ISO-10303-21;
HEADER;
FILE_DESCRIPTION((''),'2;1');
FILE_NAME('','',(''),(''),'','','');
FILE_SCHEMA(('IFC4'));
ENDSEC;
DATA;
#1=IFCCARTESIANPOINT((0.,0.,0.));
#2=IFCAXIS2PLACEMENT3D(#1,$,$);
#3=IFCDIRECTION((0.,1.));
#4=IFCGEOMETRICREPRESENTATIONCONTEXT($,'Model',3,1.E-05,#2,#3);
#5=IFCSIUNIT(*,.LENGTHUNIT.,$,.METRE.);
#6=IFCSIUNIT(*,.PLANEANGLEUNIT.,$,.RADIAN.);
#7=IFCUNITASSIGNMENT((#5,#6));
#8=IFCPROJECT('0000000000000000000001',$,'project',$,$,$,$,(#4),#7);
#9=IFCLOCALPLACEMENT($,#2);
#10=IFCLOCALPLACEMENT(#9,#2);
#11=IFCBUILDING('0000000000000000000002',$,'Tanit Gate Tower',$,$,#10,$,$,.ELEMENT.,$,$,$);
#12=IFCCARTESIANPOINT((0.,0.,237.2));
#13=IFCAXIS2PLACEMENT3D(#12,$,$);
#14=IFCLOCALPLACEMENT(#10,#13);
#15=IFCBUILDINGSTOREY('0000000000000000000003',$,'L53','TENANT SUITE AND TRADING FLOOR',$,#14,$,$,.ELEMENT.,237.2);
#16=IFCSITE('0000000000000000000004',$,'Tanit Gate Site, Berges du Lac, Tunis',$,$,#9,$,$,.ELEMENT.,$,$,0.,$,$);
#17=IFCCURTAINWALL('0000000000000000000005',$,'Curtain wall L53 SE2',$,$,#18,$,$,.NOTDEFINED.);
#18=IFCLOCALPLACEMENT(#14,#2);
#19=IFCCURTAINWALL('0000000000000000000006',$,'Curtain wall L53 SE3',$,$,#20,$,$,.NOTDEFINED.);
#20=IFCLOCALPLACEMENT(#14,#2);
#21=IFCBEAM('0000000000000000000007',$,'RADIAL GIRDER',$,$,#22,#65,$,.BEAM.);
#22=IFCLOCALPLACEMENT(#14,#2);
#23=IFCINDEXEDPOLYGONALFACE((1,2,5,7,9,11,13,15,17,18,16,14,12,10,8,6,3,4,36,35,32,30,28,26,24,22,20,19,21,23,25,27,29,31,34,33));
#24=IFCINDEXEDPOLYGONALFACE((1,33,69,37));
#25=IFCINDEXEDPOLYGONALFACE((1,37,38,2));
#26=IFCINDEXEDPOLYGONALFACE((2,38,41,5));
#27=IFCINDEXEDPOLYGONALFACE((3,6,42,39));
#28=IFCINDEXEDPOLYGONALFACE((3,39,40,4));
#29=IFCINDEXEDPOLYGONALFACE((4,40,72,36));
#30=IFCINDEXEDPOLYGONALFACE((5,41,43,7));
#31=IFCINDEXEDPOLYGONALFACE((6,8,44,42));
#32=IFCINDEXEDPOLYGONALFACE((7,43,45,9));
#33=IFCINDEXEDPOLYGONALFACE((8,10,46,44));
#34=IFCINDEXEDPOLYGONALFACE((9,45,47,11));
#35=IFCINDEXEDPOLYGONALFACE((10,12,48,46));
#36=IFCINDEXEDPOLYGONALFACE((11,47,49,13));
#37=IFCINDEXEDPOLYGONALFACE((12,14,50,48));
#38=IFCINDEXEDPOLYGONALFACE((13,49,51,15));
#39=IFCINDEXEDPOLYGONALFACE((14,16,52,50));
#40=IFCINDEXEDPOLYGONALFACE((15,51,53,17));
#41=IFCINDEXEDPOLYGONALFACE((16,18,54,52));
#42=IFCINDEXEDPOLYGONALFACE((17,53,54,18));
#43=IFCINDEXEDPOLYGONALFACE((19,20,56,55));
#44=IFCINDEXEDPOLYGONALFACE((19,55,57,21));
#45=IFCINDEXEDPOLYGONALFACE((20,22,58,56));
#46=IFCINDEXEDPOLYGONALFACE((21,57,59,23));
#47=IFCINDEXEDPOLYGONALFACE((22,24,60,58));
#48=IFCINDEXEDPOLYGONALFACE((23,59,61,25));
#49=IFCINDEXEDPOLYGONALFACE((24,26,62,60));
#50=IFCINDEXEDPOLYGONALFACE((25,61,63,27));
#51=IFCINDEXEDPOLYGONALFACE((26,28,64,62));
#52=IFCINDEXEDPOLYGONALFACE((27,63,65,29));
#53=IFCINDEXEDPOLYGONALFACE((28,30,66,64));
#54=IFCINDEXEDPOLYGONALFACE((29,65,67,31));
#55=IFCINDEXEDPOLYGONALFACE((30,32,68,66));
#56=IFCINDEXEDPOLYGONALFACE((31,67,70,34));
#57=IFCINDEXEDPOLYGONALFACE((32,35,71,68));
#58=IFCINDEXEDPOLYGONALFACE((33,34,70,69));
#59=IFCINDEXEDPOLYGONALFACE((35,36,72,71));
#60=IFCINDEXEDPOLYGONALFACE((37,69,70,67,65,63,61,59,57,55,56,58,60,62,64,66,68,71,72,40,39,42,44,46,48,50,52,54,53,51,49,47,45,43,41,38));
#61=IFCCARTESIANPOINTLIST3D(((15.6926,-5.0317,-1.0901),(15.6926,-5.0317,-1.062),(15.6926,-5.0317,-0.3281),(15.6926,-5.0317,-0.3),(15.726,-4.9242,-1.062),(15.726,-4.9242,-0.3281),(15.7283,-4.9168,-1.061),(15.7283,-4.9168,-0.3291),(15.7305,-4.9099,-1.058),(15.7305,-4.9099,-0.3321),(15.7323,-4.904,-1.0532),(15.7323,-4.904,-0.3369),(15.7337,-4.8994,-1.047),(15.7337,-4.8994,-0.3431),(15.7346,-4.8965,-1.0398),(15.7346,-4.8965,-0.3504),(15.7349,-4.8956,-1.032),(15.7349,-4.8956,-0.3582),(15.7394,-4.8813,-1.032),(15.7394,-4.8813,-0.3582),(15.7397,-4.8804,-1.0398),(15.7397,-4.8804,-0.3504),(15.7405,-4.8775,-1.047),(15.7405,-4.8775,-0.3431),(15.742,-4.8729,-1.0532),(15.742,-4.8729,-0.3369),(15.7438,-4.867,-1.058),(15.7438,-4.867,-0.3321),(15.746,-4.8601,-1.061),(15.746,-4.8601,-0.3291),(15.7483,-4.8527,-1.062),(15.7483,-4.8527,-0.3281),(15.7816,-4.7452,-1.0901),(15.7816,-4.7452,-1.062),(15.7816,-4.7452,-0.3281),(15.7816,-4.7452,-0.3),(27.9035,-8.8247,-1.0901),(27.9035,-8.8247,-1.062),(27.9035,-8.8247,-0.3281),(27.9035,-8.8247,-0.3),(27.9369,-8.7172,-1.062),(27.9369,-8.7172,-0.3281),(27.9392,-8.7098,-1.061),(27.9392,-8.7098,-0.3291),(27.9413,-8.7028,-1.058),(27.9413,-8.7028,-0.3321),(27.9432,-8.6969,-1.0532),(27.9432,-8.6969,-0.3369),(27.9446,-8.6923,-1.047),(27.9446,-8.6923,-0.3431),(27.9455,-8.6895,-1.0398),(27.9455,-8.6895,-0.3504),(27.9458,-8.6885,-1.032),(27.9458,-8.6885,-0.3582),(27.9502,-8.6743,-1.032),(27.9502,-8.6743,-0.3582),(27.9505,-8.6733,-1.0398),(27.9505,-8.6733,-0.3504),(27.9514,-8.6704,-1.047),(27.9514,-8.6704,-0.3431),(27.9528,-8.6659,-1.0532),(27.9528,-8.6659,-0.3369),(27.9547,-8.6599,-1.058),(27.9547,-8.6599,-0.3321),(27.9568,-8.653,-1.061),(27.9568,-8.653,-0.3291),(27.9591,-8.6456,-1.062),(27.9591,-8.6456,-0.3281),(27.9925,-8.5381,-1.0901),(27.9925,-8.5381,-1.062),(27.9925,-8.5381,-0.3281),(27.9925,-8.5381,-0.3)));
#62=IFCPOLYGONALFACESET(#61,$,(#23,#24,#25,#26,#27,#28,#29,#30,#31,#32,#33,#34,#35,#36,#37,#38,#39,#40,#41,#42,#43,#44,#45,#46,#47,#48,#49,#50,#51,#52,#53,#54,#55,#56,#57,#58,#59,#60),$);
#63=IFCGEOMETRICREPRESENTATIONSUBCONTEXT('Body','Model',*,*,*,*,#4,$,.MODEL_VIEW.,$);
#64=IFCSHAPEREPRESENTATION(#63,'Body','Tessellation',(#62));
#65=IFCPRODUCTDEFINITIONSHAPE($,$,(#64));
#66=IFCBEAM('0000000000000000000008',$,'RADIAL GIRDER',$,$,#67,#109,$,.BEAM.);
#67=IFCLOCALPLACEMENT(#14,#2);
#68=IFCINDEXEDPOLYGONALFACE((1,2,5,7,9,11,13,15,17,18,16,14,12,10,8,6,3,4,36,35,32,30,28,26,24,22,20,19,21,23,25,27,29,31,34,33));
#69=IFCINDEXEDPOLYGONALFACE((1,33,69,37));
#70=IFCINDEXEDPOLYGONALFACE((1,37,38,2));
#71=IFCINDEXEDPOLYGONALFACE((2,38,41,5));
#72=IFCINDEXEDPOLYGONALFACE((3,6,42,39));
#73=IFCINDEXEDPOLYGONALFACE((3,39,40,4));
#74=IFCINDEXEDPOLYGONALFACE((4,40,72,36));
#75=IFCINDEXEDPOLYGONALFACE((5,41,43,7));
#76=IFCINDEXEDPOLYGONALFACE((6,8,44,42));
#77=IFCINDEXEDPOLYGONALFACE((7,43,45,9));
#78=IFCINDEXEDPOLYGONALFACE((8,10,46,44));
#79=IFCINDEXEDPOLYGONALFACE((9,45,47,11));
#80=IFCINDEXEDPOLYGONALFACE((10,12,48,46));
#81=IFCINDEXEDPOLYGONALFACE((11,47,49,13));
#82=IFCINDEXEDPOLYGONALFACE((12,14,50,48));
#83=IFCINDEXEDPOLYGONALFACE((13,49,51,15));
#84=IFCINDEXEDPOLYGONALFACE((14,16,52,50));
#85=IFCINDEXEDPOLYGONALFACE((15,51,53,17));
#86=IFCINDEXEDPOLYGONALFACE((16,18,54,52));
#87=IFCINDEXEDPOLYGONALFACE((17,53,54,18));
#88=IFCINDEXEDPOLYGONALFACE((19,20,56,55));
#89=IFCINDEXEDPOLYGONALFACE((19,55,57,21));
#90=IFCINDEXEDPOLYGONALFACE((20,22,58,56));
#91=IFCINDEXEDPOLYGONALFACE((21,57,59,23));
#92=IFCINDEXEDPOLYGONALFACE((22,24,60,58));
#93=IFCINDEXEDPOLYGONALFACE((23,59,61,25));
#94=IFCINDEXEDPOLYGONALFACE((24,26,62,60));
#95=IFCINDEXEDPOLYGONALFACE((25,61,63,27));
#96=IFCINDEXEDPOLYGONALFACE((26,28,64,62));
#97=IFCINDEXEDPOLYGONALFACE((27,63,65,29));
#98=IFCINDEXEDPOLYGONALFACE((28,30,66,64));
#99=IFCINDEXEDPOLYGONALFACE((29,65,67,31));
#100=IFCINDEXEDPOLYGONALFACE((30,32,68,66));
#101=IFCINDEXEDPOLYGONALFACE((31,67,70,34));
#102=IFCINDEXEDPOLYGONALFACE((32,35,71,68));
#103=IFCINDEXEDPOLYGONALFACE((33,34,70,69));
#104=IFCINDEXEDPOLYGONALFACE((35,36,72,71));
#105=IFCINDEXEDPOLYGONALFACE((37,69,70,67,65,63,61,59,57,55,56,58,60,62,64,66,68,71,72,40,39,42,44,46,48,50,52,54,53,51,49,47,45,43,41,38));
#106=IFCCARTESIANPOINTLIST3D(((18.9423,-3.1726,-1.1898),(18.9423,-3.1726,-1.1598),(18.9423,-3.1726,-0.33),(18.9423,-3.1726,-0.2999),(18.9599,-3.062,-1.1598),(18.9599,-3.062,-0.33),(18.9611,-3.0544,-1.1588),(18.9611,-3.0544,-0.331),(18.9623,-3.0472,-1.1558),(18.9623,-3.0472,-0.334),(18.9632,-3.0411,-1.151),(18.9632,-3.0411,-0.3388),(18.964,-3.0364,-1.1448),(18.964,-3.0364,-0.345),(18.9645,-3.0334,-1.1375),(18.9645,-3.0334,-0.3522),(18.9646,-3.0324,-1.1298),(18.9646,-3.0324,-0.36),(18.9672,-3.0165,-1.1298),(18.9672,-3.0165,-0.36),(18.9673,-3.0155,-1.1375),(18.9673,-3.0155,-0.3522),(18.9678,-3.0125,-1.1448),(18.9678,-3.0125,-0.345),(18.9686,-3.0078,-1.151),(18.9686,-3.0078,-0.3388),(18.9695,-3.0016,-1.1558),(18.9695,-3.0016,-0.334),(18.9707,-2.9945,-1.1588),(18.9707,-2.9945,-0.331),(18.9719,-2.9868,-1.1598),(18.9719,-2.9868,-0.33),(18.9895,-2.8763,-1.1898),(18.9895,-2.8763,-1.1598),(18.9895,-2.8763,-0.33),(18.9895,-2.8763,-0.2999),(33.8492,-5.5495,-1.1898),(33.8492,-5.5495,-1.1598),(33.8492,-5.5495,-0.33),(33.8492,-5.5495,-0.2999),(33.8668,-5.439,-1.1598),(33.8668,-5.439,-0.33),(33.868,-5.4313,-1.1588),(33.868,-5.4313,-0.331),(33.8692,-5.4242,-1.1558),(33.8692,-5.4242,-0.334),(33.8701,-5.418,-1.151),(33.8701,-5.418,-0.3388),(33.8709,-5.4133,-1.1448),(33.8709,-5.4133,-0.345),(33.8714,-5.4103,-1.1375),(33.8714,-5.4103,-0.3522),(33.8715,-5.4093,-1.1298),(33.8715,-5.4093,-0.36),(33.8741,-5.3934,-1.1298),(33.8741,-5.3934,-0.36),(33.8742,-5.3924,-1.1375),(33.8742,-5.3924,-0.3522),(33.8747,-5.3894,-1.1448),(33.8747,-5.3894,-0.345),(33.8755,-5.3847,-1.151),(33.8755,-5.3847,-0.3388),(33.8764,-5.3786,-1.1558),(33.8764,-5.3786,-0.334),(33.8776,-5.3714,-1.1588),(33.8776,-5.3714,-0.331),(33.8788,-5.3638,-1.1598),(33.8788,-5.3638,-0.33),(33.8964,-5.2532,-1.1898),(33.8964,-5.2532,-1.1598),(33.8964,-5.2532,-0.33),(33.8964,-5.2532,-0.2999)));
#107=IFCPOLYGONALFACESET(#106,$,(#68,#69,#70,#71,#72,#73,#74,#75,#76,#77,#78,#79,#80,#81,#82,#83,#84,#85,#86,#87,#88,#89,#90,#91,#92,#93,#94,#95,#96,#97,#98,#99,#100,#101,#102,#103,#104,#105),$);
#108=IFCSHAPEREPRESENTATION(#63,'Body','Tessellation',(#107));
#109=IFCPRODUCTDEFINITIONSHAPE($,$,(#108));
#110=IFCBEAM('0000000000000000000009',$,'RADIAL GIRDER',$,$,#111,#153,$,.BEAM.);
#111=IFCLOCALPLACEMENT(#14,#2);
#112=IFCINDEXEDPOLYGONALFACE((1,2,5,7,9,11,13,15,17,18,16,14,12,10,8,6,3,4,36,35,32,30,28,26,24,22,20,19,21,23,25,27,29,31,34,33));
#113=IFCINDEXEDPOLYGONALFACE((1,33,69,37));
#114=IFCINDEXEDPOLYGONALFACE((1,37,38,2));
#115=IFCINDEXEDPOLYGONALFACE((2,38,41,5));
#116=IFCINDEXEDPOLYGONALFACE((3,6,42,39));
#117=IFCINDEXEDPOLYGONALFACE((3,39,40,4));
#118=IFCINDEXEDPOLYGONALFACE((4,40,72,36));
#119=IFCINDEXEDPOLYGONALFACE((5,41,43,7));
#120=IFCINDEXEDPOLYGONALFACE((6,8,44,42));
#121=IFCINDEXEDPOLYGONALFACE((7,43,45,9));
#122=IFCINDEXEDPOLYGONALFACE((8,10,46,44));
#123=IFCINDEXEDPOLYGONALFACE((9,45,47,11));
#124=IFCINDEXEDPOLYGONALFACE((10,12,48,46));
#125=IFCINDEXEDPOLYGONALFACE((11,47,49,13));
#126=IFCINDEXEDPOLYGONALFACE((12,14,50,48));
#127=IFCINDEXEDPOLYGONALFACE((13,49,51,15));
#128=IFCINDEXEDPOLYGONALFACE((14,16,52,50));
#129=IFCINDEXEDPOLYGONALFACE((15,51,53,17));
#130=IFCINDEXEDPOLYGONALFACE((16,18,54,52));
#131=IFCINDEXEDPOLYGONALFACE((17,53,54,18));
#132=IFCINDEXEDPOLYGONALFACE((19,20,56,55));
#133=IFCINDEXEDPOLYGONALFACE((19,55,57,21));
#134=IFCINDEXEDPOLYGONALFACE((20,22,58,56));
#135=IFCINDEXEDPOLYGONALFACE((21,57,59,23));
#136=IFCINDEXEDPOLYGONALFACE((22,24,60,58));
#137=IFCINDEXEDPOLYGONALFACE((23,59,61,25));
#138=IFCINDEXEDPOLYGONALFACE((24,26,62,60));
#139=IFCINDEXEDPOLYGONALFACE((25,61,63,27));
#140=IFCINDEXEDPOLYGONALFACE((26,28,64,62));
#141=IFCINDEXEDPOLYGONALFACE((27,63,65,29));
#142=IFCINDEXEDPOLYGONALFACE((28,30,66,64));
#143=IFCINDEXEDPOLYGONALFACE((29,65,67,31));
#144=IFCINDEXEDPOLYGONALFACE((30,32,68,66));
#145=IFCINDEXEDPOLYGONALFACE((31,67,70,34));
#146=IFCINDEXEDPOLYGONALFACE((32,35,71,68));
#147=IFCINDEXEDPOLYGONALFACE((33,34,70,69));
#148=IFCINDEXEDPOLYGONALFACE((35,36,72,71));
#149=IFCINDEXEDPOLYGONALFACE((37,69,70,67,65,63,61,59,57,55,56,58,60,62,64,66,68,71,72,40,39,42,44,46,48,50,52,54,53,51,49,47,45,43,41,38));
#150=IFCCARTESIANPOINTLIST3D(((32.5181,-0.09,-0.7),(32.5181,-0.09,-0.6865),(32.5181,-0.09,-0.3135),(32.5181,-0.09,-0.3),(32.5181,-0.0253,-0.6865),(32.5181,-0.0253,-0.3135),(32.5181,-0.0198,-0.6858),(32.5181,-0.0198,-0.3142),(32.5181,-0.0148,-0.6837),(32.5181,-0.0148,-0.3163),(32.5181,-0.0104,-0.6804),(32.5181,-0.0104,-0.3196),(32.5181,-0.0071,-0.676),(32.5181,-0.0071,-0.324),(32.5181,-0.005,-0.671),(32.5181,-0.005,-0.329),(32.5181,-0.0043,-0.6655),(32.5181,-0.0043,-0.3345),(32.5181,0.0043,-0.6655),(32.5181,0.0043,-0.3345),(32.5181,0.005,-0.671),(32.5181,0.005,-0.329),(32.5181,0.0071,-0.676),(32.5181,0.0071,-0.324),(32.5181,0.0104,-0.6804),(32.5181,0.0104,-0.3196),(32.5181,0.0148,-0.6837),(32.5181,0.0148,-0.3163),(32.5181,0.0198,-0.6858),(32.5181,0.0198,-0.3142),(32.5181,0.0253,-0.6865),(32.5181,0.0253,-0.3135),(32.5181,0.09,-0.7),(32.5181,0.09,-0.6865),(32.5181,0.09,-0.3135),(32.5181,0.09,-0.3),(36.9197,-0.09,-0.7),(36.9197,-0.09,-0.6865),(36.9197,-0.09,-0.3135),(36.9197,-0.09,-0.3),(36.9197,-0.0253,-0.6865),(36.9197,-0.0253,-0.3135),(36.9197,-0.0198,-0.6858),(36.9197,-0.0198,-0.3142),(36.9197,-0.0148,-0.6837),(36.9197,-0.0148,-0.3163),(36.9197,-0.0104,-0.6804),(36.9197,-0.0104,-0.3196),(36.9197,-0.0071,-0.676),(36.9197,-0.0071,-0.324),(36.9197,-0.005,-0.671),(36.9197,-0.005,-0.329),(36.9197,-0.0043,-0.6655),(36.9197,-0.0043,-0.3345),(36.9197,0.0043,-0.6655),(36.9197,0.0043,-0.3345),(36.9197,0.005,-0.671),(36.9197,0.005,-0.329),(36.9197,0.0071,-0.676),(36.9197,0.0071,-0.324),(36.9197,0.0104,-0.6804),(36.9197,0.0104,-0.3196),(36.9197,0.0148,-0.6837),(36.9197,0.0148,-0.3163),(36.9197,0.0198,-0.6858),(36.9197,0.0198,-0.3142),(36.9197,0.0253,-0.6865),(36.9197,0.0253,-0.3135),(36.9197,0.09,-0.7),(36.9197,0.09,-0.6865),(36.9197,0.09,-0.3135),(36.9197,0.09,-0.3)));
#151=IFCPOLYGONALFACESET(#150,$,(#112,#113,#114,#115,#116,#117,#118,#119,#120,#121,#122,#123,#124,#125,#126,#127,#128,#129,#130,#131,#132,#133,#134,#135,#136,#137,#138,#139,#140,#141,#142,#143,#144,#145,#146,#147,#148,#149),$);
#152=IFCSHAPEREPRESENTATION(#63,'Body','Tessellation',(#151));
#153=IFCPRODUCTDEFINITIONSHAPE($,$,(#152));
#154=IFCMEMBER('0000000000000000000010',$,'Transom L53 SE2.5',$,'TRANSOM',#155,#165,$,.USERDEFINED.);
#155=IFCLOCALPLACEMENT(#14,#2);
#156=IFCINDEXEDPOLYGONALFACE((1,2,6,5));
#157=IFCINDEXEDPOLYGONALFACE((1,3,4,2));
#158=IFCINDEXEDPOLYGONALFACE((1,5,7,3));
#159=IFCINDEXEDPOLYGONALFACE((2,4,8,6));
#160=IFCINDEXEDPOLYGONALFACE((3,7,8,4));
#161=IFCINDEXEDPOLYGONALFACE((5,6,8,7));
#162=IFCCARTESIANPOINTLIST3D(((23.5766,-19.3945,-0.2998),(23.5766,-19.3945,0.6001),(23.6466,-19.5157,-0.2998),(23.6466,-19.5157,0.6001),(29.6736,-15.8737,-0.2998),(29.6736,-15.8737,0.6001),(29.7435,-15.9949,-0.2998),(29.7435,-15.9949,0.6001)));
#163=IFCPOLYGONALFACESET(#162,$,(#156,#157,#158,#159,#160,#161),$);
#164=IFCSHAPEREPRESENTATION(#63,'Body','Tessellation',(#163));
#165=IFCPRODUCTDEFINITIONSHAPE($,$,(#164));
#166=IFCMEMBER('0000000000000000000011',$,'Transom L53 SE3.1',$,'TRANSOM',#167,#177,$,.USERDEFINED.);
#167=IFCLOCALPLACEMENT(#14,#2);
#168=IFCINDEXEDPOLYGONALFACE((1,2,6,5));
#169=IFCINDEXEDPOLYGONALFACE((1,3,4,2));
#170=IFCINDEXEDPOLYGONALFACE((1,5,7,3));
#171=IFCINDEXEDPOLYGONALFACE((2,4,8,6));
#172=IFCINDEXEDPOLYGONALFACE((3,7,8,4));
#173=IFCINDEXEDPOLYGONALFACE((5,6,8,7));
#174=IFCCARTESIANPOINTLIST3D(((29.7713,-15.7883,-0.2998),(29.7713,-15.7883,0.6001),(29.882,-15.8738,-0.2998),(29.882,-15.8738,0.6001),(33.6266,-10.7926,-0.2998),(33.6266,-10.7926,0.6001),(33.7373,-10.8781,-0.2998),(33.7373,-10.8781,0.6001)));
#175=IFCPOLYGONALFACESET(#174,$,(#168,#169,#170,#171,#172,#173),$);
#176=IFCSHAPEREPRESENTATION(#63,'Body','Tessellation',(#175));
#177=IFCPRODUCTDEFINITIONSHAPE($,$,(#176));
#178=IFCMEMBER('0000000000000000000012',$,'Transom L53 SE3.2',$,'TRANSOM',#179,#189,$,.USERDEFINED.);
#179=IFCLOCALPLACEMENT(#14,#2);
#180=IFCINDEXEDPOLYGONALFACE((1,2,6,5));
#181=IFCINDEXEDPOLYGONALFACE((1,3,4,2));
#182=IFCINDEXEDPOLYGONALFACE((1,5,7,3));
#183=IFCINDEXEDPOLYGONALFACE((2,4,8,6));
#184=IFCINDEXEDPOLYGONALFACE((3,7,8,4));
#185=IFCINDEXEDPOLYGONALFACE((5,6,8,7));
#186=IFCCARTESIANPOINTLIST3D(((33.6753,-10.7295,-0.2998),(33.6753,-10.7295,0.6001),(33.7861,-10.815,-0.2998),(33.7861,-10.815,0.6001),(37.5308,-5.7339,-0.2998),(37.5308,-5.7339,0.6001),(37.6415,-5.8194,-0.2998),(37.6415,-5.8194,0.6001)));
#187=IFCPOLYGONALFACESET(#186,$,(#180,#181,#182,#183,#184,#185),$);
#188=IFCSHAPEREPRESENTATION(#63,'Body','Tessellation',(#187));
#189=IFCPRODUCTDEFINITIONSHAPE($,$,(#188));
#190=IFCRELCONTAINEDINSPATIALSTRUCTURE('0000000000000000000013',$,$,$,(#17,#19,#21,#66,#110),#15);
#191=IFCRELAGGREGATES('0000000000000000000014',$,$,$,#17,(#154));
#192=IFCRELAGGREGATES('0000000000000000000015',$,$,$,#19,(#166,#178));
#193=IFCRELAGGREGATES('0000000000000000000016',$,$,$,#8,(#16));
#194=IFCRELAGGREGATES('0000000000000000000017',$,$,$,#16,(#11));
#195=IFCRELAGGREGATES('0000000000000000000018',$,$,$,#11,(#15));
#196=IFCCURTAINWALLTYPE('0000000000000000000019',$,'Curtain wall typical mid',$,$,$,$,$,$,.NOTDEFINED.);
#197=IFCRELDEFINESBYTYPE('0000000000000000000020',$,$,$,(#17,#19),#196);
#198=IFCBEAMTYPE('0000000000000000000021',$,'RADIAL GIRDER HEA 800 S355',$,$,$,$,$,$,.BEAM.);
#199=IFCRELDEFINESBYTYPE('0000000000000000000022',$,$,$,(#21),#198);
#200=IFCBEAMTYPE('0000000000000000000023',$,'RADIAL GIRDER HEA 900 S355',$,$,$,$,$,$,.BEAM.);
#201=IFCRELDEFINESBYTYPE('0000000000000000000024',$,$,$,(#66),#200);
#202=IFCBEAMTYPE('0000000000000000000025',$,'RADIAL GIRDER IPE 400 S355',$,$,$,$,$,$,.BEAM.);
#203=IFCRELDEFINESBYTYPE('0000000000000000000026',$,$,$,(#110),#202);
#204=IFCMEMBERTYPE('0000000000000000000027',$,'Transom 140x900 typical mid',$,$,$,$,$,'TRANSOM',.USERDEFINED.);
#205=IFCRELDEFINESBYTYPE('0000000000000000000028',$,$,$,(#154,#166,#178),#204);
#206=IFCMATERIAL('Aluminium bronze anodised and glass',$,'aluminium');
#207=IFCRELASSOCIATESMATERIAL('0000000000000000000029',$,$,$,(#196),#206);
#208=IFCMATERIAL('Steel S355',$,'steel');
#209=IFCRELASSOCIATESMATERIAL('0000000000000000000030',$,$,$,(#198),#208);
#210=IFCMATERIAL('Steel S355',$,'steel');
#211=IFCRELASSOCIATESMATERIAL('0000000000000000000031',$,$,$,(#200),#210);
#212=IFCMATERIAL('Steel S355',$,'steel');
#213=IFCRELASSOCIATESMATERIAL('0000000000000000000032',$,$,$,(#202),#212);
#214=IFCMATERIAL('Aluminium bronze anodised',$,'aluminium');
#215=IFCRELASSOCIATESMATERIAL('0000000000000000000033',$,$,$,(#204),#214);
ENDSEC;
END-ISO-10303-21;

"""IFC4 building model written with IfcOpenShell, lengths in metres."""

from ifc_helpers import new_model, si_unit, direction, frame, origin, origin_2d, place, context, subcontext, project, spatial, rectangle, i_section, extrude, material, material_profile, profile_set, type_object, element, aggregate, save


model = new_model("IFC4")

# Units and contexts
model_context = context("Model", 3, precision=1e-05, world=origin(), true_north=direction((0.0, 1.0)))
body_context = subcontext(model_context, "Body", "Model", "MODEL_VIEW")
ifc_project = project(units=[si_unit("LENGTHUNIT", "METRE"), si_unit("PLANEANGLEUNIT", "RADIAN")], contexts=[model_context])

# Site, building, storey
site_placement = place(None, origin())
site = spatial("IfcSite", under=ifc_project, at=site_placement, Name="Tanit Gate Site, Berges du Lac, Tunis", CompositionType="ELEMENT", RefElevation=0.0)
building_placement = place(site_placement, origin())
building = spatial("IfcBuilding", under=site, at=building_placement, Name="Tanit Gate Tower", CompositionType="ELEMENT")
storey_placement = place(building_placement, frame((0.0, 0.0, 237.2)))
storey = spatial("IfcBuildingStorey", under=building, at=storey_placement, Name="L53", Description="TENANT SUITE AND TRADING FLOOR", CompositionType="ELEMENT", Elevation=237.2)

# Curtain wall
ifc_material_1 = material(Name="Aluminium bronze anodised and glass", Category="aluminium")
curtain_wall_type = type_object("IfcCurtainWallType", Name="Curtain wall typical mid", PredefinedType="NOTDEFINED", material=ifc_material_1)
curtain_wall_1_placement = place(storey_placement, origin())
curtain_wall_1 = element("IfcCurtainWall", 1, at=curtain_wall_1_placement, inside=storey, type_object=curtain_wall_type, Name="Curtain wall L53 SE2", PredefinedType="NOTDEFINED")

# Curtain wall
curtain_wall_2_placement = place(storey_placement, origin())
curtain_wall_2 = element("IfcCurtainWall", 2, at=curtain_wall_2_placement, inside=storey, type_object=curtain_wall_type, Name="Curtain wall L53 SE3", PredefinedType="NOTDEFINED")

# Beams
ifc_material_2 = material(Name="Steel S355", Category="steel")
ifc_material_profile_1 = material_profile(ifc_material_2, i_section(OverallWidth=0.3, OverallDepth=0.79, WebThickness=0.0149, FlangeThickness=0.0281, FilletRadius=0.03, at=origin_2d()), Name="HEA 800")
ifc_profile_set_1 = profile_set([ifc_material_profile_1], Name="Steel S355")
beam_type_1 = type_object("IfcBeamType", Name="RADIAL GIRDER HEA 800 S355", PredefinedType="BEAM", material=ifc_profile_set_1)
beam_1_placement = place(storey_placement, frame((27.948, -8.6814, -0.6951), z_axis=(-0.95499, 0.296639, 0.0), x_axis=(-0.296639, -0.95499, 0.0)))
element("IfcBeam", 3, at=beam_1_placement, inside=storey, type_object=beam_type_1, Name="RADIAL GIRDER", PredefinedType="BEAM", context=body_context, shape_type="SweptSolid", body=[
    extrude(i_section(OverallWidth=0.3, OverallDepth=0.79, WebThickness=0.0149, FlangeThickness=0.0281, FilletRadius=0.03, at=origin_2d()), origin(), (0.0, 0.0, 1.0), 12.7864),
])
ifc_material_3 = material(Name="Steel S355", Category="steel")
ifc_material_profile_2 = material_profile(ifc_material_3, i_section(OverallWidth=0.3, OverallDepth=0.8899, WebThickness=0.0161, FlangeThickness=0.03, FilletRadius=0.03, at=origin_2d()), Name="HEA 900")
ifc_profile_set_2 = profile_set([ifc_material_profile_2], Name="Steel S355")
beam_type_2 = type_object("IfcBeamType", Name="RADIAL GIRDER HEA 900 S355", PredefinedType="BEAM", material=ifc_profile_set_2)
beam_2_placement = place(storey_placement, frame((33.8728, -5.4014, -0.7449), z_axis=(-0.987525, 0.157463, 0.0), x_axis=(-0.157463, -0.987525, 0.0)))
element("IfcBeam", 4, at=beam_2_placement, inside=storey, type_object=beam_type_2, Name="RADIAL GIRDER", PredefinedType="BEAM", context=body_context, shape_type="SweptSolid", body=[
    extrude(i_section(OverallWidth=0.3, OverallDepth=0.8899, WebThickness=0.0161, FlangeThickness=0.03, FilletRadius=0.03, at=origin_2d()), origin(), (0.0, 0.0, 1.0), 15.0952),
])
ifc_material_4 = material(Name="Steel S355", Category="steel")
ifc_material_profile_3 = material_profile(ifc_material_4, i_section(OverallWidth=0.1799, OverallDepth=0.3999, WebThickness=0.0085, FlangeThickness=0.0134, FilletRadius=0.021, at=origin_2d()), Name="IPE 400")
ifc_profile_set_3 = profile_set([ifc_material_profile_3], Name="Steel S355")
beam_type_3 = type_object("IfcBeamType", Name="RADIAL GIRDER IPE 400 S355", PredefinedType="BEAM", material=ifc_profile_set_3)
beam_3_placement = place(storey_placement, frame((36.9197, 0.0, -0.5), z_axis=(-1.0, 0.0, 0.0), x_axis=(0.0, -1.0, 0.0)))
element("IfcBeam", 5, at=beam_3_placement, inside=storey, type_object=beam_type_3, Name="RADIAL GIRDER", PredefinedType="BEAM", context=body_context, shape_type="SweptSolid", body=[
    extrude(i_section(OverallWidth=0.1799, OverallDepth=0.3999, WebThickness=0.0085, FlangeThickness=0.0134, FilletRadius=0.021, at=origin_2d()), origin(), (0.0, 0.0, 1.0), 4.4016),
])

# Members
ifc_material_5 = material(Name="Aluminium bronze anodised", Category="aluminium")
ifc_material_profile_4 = material_profile(ifc_material_5, rectangle(XDim=0.1399, YDim=0.8999, at=origin_2d()), Name="140x900 bronze transom")
ifc_profile_set_4 = profile_set([ifc_material_profile_4], Name="Aluminium bronze anodised")
member_type_1 = type_object("IfcMemberType", Name="Transom 140x900 typical mid", ElementType="TRANSOM", PredefinedType="USERDEFINED", material=ifc_profile_set_4)
member_1_placement = place(storey_placement, frame((23.6116, -19.4551, 0.1501), z_axis=(0.865983, 0.500074, 0.0), x_axis=(-0.500074, 0.865983, 0.0)))
member_1 = element("IfcMember", 6, at=member_1_placement, type_object=member_type_1, Name="Transom L53 SE2.5", ObjectType="TRANSOM", PredefinedType="USERDEFINED", context=body_context, shape_type="SweptSolid", body=[
    extrude(rectangle(XDim=0.1399, YDim=0.8999, at=origin_2d()), origin(), (0.0, 0.0, 1.0), 7.0405),
])
member_2_placement = place(storey_placement, frame((29.8267, -15.8311, 0.1501), z_axis=(0.61095, 0.791669, 0.0), x_axis=(-0.791669, 0.61095, 0.0)))
member_2 = element("IfcMember", 7, at=member_2_placement, type_object=member_type_1, Name="Transom L53 SE3.1", ObjectType="TRANSOM", PredefinedType="USERDEFINED", context=body_context, shape_type="SweptSolid", body=[
    extrude(rectangle(XDim=0.1399, YDim=0.8999, at=origin_2d()), origin(), (0.0, 0.0, 1.0), 6.3103),
])
member_3_placement = place(storey_placement, frame((33.7307, -10.7722, 0.1501), z_axis=(0.610974, 0.791651, 0.0), x_axis=(-0.791651, 0.610974, 0.0)))
member_3 = element("IfcMember", 8, at=member_3_placement, type_object=member_type_1, Name="Transom L53 SE3.2", ObjectType="TRANSOM", PredefinedType="USERDEFINED", context=body_context, shape_type="SweptSolid", body=[
    extrude(rectangle(XDim=0.1399, YDim=0.8999, at=origin_2d()), origin(), (0.0, 0.0, 1.0), 6.3103),
])

aggregate(curtain_wall_1, [member_1])
aggregate(curtain_wall_2, [member_2, member_3])

save(model, "model.ifc")
